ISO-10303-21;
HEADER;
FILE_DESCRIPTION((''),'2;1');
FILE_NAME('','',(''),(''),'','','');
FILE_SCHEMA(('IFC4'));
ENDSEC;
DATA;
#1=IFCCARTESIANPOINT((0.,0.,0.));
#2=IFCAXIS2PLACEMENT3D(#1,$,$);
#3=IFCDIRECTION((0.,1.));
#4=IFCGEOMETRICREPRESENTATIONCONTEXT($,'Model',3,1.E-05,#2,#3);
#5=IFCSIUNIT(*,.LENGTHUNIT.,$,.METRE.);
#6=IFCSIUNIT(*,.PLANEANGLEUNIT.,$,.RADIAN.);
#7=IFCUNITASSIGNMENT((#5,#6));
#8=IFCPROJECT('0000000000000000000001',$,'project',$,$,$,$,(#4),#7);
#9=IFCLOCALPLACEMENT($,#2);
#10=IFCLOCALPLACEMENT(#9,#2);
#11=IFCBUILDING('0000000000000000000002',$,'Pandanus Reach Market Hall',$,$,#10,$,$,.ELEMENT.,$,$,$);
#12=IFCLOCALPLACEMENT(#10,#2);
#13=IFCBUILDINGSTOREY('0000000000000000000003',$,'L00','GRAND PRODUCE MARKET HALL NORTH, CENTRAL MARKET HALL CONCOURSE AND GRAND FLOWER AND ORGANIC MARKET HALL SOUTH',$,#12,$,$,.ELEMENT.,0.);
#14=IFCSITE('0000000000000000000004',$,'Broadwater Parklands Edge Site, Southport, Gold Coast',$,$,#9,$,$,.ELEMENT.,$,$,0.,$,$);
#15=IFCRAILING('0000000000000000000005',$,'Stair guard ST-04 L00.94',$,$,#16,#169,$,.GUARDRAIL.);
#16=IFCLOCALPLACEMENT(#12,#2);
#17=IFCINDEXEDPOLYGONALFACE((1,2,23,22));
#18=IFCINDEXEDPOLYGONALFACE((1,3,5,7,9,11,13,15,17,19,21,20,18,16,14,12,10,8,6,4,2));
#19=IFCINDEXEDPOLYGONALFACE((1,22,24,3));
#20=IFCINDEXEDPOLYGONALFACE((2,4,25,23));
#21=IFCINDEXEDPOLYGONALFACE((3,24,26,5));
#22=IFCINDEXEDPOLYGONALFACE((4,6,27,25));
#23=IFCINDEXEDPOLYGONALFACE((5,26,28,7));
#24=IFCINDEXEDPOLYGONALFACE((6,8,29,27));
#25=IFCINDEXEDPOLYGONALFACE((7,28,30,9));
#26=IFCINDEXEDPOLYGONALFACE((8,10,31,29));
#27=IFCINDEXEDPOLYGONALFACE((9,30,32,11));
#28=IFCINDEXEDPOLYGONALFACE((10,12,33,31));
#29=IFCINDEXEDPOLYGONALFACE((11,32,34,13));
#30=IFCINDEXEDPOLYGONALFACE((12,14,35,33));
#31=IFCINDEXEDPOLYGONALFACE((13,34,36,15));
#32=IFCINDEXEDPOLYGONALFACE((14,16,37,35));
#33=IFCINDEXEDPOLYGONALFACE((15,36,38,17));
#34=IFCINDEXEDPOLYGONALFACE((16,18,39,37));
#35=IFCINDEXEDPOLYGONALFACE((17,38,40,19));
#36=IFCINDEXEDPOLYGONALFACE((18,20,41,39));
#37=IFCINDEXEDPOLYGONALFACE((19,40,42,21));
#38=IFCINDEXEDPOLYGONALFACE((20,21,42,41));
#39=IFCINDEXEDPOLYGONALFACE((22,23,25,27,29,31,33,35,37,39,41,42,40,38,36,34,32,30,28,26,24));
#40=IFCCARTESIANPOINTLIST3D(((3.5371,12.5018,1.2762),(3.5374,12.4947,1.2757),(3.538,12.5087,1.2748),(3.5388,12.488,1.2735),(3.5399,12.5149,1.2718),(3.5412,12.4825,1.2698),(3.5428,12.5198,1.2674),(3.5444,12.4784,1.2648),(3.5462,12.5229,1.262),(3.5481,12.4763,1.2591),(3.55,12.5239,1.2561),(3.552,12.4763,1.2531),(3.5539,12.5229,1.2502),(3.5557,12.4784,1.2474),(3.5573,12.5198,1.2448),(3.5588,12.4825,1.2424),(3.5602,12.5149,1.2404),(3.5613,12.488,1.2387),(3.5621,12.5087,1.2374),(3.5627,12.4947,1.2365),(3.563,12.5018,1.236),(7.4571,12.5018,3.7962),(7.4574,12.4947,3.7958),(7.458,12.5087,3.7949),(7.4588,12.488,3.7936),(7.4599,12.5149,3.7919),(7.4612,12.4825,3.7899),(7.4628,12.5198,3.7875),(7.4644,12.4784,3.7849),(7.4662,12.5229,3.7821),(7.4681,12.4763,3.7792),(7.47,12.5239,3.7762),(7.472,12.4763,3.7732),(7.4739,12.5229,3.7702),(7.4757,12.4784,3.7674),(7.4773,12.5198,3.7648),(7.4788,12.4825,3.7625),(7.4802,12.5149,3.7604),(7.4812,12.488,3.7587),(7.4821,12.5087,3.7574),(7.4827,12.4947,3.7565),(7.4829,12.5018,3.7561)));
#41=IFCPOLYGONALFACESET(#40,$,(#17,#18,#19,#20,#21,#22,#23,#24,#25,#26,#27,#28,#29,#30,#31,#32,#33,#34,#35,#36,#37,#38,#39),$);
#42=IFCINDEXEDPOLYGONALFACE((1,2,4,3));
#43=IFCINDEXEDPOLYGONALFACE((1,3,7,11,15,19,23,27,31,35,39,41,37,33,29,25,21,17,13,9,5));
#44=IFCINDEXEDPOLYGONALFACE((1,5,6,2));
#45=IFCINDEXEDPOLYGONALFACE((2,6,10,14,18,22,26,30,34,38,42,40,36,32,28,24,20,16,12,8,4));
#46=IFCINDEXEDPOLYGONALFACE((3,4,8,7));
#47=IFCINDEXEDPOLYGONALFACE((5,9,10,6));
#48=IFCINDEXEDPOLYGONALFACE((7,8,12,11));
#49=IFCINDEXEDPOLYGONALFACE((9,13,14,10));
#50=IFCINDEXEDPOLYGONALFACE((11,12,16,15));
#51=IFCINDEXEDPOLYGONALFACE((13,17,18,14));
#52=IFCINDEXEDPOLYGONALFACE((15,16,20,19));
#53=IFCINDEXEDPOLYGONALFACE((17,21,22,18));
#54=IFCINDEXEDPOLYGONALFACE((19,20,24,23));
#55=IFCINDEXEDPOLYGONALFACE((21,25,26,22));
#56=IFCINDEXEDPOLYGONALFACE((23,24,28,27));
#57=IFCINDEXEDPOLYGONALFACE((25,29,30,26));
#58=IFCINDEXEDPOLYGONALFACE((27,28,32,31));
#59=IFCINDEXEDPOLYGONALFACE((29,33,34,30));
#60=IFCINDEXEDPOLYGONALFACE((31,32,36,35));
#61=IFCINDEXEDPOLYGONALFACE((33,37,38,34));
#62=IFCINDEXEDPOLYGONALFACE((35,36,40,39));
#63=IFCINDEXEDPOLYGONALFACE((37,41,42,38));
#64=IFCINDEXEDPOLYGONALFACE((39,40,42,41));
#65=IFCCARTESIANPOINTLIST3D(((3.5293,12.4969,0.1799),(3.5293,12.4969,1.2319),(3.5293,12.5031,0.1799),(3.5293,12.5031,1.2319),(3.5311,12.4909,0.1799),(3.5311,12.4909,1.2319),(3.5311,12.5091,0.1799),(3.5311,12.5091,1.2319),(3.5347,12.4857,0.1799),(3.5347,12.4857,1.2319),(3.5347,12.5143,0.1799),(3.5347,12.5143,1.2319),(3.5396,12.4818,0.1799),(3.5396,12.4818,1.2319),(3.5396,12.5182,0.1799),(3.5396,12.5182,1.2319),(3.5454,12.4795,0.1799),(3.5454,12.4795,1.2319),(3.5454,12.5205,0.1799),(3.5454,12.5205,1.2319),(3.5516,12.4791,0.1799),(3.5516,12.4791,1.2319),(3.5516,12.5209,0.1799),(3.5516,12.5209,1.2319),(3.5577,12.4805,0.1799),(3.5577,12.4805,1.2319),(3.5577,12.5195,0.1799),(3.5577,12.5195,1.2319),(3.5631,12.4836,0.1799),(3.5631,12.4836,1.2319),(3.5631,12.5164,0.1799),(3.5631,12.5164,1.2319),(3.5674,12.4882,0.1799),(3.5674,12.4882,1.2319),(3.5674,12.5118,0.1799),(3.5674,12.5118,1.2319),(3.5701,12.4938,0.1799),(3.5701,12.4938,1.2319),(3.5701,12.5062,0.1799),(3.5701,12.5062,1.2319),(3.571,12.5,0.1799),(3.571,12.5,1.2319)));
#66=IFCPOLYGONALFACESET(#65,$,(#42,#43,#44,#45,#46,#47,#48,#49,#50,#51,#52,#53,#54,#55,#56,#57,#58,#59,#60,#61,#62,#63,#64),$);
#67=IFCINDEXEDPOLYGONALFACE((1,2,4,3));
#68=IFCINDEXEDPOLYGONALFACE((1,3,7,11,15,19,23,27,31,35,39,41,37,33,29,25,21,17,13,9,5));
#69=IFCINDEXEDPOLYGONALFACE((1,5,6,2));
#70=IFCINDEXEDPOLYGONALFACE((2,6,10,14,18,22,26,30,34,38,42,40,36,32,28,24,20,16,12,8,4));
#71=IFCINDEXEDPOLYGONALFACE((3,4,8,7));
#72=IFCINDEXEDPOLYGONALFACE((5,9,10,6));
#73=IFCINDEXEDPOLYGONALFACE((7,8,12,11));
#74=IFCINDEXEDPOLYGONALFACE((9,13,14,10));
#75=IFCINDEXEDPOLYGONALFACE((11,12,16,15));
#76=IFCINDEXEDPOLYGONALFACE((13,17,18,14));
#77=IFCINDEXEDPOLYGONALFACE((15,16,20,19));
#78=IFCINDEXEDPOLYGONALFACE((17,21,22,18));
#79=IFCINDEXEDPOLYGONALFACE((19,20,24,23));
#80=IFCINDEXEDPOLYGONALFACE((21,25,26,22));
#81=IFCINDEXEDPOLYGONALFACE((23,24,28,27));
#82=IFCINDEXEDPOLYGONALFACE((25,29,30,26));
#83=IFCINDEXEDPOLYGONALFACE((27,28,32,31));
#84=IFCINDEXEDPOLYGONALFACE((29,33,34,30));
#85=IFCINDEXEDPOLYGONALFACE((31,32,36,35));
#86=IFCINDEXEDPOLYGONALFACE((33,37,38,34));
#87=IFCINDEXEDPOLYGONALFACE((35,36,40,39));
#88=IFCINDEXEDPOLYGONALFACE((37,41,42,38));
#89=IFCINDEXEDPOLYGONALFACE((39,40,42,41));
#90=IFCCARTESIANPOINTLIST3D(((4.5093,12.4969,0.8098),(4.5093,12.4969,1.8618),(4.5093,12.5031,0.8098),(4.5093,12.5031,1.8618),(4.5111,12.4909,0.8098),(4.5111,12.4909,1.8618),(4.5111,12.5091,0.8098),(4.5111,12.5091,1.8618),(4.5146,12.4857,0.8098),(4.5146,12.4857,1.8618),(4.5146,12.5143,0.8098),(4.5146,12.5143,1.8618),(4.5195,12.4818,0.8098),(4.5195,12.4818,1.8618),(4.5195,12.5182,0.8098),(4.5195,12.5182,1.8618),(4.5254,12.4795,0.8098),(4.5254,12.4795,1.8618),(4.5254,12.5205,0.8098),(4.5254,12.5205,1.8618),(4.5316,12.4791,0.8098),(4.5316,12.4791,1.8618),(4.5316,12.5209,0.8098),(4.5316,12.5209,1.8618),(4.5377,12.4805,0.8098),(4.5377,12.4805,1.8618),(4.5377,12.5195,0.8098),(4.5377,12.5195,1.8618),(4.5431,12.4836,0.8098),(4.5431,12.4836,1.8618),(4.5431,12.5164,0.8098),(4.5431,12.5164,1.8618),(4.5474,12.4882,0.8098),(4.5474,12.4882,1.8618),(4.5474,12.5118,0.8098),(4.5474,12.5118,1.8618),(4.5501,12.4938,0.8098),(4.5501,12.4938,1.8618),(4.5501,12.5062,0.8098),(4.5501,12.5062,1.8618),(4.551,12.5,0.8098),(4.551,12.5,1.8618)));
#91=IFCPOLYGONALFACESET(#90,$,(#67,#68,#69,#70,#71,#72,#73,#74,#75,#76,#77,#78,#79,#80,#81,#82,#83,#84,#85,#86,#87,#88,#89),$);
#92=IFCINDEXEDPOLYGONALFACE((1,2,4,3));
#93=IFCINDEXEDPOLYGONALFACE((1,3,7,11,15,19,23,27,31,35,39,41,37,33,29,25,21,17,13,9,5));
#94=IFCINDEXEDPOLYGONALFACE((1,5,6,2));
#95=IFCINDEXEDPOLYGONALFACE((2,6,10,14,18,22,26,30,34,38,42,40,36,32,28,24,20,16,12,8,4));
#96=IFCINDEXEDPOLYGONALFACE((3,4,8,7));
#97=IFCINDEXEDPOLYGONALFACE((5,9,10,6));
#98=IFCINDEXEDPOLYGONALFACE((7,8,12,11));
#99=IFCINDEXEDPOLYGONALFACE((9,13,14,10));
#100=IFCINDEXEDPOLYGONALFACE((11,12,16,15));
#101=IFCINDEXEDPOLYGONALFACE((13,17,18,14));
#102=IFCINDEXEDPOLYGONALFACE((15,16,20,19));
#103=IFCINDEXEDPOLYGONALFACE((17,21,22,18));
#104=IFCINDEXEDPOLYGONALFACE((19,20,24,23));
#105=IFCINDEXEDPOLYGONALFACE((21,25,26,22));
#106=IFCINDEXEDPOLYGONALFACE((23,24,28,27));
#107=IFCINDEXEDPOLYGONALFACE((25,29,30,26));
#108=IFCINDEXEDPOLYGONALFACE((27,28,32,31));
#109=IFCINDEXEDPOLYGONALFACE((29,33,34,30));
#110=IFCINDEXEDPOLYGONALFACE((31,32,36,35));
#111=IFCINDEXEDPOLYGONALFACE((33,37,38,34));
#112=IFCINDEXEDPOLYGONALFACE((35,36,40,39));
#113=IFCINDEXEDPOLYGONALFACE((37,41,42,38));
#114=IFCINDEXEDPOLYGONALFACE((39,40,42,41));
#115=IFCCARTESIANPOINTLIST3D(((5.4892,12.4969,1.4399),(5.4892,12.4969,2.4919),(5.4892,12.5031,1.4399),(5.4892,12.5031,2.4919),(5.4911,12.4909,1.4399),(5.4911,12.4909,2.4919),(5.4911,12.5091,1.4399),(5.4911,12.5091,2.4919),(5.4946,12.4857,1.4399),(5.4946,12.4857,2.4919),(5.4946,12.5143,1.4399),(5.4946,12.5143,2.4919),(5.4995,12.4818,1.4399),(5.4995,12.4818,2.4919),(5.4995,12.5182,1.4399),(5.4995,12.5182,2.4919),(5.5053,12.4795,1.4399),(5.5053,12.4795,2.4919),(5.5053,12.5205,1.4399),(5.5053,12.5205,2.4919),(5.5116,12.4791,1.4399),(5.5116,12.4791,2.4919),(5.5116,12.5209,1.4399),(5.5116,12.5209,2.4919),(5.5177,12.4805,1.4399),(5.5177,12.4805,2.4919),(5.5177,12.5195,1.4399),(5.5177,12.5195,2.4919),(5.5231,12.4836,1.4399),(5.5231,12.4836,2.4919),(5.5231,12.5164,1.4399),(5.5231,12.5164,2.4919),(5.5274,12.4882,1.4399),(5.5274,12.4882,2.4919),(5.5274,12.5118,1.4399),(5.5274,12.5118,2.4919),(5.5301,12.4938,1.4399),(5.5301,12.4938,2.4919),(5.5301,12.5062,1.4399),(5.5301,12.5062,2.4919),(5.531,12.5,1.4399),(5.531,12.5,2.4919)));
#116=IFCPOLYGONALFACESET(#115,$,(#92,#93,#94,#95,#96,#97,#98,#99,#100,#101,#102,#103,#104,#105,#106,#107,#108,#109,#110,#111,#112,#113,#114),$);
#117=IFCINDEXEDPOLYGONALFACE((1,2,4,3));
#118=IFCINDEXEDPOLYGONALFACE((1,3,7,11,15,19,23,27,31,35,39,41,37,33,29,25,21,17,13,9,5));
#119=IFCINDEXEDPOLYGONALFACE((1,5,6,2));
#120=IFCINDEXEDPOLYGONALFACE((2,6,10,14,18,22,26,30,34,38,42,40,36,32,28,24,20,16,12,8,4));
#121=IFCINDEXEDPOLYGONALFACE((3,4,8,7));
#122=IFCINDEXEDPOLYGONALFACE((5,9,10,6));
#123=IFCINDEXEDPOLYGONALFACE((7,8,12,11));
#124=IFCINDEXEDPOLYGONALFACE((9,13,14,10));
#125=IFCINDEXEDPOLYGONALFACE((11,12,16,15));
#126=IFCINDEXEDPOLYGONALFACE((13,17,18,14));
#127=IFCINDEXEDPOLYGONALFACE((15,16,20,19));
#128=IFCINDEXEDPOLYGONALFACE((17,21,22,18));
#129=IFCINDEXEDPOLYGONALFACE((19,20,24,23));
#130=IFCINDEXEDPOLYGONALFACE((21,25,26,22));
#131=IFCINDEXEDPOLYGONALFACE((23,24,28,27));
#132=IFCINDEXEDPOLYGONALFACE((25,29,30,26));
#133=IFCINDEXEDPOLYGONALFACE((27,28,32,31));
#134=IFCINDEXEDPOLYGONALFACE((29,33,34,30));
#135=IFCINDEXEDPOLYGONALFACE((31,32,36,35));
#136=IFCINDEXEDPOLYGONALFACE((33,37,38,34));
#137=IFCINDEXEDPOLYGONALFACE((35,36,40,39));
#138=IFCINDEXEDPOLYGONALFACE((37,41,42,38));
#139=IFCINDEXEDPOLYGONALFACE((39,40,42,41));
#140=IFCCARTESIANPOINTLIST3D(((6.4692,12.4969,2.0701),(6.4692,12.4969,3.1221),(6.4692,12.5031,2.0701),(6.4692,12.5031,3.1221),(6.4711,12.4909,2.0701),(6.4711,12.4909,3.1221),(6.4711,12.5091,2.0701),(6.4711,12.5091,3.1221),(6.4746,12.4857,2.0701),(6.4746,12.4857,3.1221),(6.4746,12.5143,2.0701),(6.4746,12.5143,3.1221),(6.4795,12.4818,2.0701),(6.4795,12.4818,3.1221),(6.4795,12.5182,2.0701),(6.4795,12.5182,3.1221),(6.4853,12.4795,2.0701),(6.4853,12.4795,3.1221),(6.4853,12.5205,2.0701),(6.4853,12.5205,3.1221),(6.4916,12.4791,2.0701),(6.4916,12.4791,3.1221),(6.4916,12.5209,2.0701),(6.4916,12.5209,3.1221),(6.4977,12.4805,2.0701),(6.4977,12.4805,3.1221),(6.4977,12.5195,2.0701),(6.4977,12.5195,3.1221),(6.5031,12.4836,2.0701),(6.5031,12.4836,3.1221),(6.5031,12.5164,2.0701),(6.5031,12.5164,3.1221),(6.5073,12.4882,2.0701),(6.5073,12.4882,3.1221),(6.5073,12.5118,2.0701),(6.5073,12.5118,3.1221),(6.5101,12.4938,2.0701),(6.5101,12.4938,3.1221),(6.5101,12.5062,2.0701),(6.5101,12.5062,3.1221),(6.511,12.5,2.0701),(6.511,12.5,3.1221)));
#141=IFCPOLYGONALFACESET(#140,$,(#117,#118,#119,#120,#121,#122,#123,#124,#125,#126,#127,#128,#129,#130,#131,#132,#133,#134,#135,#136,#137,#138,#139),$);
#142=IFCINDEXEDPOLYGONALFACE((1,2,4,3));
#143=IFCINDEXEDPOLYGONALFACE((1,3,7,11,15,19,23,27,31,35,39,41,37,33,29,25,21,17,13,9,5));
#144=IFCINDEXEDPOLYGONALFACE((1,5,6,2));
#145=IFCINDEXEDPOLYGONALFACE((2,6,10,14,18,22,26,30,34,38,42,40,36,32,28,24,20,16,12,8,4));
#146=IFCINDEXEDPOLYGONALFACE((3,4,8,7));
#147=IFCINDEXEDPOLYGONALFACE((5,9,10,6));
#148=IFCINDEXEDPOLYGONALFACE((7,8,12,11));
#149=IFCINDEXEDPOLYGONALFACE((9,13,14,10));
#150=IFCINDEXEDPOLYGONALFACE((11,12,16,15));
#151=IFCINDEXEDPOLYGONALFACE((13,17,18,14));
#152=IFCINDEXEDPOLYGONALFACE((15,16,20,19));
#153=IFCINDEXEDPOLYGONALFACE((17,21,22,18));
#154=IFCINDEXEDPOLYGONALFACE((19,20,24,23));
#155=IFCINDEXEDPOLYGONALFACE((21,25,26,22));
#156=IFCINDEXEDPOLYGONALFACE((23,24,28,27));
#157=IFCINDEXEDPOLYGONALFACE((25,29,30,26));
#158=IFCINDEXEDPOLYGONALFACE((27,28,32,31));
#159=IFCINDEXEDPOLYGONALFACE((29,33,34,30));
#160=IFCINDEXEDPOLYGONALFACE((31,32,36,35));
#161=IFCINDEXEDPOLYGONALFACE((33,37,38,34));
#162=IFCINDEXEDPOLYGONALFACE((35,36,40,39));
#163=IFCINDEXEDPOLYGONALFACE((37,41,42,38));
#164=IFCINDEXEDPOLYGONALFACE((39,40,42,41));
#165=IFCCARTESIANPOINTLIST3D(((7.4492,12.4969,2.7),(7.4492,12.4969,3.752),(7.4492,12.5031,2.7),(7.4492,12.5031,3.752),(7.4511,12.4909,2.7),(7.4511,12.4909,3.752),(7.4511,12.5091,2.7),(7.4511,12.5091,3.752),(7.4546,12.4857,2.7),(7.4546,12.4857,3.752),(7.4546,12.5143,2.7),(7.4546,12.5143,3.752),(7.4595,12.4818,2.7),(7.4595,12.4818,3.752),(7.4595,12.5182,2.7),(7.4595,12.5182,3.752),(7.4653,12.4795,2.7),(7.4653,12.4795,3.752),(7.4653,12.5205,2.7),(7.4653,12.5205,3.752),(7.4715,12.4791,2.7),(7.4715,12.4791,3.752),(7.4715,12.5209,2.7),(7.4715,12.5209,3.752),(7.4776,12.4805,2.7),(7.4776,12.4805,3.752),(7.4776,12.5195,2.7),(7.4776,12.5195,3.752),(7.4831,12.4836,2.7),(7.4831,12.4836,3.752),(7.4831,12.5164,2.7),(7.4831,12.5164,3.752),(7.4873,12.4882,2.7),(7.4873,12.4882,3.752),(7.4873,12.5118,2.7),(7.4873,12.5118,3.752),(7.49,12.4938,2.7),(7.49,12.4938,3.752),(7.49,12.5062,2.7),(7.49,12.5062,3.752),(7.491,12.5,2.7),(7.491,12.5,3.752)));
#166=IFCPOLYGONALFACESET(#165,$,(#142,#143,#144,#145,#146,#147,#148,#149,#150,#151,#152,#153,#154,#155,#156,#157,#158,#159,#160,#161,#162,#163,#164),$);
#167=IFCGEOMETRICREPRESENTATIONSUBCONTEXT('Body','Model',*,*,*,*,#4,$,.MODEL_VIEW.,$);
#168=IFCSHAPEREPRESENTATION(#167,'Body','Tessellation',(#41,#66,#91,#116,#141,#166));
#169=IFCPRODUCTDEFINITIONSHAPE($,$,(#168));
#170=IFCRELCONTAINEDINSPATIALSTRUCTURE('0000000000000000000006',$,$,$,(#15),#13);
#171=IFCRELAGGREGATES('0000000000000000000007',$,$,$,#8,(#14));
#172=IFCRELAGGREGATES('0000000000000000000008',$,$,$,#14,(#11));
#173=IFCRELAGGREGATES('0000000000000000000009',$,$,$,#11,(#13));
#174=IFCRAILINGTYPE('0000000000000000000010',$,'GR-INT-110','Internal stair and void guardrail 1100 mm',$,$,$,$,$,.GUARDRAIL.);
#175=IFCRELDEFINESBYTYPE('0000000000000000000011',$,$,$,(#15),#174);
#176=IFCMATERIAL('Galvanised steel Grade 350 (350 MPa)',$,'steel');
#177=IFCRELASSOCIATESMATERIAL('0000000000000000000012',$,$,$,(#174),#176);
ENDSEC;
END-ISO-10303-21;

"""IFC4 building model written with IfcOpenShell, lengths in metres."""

from ifc_helpers import new_model, si_unit, direction, frame, origin, origin_2d, place, context, subcontext, project, spatial, circle, extrude, material, type_object, element, save


model = new_model("IFC4")

# Units and contexts
model_context = context("Model", 3, precision=1e-05, world=origin(), true_north=direction((0.0, 1.0)))
body_context = subcontext(model_context, "Body", "Model", "MODEL_VIEW")
ifc_project = project(units=[si_unit("LENGTHUNIT", "METRE"), si_unit("PLANEANGLEUNIT", "RADIAN")], contexts=[model_context])

# Site, building, storey
site_placement = place(None, origin())
site = spatial("IfcSite", under=ifc_project, at=site_placement, Name="Broadwater Parklands Edge Site, Southport, Gold Coast", CompositionType="ELEMENT", RefElevation=0.0)
building_placement = place(site_placement, origin())
building = spatial("IfcBuilding", under=site, at=building_placement, Name="Pandanus Reach Market Hall", CompositionType="ELEMENT")
storey_placement = place(building_placement, origin())
storey = spatial("IfcBuildingStorey", under=building, at=storey_placement, Name="L00", Description="GRAND PRODUCE MARKET HALL NORTH, CENTRAL MARKET HALL CONCOURSE AND GRAND FLOWER AND ORGANIC MARKET HALL SOUTH", CompositionType="ELEMENT", Elevation=0.0)

# Shared definitions
ifc_material_1 = material(Name="Galvanised steel Grade 350 (350 MPa)", Category="steel")

# Railing
railing_type_1 = type_object("IfcRailingType", Name="GR-INT-110", Description="Internal stair and void guardrail 1100 mm", PredefinedType="GUARDRAIL", material=ifc_material_1)
railing_1_placement = place(storey_placement, frame((3.55, 12.5, 0.1799)))
element("IfcRailing", 1, at=railing_1_placement, inside=storey, type_object=railing_type_1, Name="Stair guard ST-04 L00.94", PredefinedType="GUARDRAIL", context=body_context, shape_type="SweptSolid", body=[
    extrude(circle(Radius=0.0239, at=origin_2d()), frame((0.0, 0.0, 1.0762), z_axis=(0.841172, 0.0, 0.540768), x_axis=(0.0, 1.0, 0.0)), (0.0, 0.0, 1.0), 4.6602),
    extrude(circle(Radius=0.021, at=origin_2d()), origin(), (0.0, 0.0, 1.0), 1.052),
    extrude(circle(Radius=0.021, at=origin_2d()), frame((0.98, 0.0, 0.6299)), (0.0, 0.0, 1.0), 1.052),
    extrude(circle(Radius=0.021, at=origin_2d()), frame((1.96, 0.0, 1.26)), (0.0, 0.0, 1.0), 1.052),
    extrude(circle(Radius=0.021, at=origin_2d()), frame((2.9399, 0.0, 1.8901)), (0.0, 0.0, 1.0), 1.052),
    extrude(circle(Radius=0.021, at=origin_2d()), frame((3.9199, 0.0, 2.52)), (0.0, 0.0, 1.0), 1.052),
])

save(model, "model.ifc")
